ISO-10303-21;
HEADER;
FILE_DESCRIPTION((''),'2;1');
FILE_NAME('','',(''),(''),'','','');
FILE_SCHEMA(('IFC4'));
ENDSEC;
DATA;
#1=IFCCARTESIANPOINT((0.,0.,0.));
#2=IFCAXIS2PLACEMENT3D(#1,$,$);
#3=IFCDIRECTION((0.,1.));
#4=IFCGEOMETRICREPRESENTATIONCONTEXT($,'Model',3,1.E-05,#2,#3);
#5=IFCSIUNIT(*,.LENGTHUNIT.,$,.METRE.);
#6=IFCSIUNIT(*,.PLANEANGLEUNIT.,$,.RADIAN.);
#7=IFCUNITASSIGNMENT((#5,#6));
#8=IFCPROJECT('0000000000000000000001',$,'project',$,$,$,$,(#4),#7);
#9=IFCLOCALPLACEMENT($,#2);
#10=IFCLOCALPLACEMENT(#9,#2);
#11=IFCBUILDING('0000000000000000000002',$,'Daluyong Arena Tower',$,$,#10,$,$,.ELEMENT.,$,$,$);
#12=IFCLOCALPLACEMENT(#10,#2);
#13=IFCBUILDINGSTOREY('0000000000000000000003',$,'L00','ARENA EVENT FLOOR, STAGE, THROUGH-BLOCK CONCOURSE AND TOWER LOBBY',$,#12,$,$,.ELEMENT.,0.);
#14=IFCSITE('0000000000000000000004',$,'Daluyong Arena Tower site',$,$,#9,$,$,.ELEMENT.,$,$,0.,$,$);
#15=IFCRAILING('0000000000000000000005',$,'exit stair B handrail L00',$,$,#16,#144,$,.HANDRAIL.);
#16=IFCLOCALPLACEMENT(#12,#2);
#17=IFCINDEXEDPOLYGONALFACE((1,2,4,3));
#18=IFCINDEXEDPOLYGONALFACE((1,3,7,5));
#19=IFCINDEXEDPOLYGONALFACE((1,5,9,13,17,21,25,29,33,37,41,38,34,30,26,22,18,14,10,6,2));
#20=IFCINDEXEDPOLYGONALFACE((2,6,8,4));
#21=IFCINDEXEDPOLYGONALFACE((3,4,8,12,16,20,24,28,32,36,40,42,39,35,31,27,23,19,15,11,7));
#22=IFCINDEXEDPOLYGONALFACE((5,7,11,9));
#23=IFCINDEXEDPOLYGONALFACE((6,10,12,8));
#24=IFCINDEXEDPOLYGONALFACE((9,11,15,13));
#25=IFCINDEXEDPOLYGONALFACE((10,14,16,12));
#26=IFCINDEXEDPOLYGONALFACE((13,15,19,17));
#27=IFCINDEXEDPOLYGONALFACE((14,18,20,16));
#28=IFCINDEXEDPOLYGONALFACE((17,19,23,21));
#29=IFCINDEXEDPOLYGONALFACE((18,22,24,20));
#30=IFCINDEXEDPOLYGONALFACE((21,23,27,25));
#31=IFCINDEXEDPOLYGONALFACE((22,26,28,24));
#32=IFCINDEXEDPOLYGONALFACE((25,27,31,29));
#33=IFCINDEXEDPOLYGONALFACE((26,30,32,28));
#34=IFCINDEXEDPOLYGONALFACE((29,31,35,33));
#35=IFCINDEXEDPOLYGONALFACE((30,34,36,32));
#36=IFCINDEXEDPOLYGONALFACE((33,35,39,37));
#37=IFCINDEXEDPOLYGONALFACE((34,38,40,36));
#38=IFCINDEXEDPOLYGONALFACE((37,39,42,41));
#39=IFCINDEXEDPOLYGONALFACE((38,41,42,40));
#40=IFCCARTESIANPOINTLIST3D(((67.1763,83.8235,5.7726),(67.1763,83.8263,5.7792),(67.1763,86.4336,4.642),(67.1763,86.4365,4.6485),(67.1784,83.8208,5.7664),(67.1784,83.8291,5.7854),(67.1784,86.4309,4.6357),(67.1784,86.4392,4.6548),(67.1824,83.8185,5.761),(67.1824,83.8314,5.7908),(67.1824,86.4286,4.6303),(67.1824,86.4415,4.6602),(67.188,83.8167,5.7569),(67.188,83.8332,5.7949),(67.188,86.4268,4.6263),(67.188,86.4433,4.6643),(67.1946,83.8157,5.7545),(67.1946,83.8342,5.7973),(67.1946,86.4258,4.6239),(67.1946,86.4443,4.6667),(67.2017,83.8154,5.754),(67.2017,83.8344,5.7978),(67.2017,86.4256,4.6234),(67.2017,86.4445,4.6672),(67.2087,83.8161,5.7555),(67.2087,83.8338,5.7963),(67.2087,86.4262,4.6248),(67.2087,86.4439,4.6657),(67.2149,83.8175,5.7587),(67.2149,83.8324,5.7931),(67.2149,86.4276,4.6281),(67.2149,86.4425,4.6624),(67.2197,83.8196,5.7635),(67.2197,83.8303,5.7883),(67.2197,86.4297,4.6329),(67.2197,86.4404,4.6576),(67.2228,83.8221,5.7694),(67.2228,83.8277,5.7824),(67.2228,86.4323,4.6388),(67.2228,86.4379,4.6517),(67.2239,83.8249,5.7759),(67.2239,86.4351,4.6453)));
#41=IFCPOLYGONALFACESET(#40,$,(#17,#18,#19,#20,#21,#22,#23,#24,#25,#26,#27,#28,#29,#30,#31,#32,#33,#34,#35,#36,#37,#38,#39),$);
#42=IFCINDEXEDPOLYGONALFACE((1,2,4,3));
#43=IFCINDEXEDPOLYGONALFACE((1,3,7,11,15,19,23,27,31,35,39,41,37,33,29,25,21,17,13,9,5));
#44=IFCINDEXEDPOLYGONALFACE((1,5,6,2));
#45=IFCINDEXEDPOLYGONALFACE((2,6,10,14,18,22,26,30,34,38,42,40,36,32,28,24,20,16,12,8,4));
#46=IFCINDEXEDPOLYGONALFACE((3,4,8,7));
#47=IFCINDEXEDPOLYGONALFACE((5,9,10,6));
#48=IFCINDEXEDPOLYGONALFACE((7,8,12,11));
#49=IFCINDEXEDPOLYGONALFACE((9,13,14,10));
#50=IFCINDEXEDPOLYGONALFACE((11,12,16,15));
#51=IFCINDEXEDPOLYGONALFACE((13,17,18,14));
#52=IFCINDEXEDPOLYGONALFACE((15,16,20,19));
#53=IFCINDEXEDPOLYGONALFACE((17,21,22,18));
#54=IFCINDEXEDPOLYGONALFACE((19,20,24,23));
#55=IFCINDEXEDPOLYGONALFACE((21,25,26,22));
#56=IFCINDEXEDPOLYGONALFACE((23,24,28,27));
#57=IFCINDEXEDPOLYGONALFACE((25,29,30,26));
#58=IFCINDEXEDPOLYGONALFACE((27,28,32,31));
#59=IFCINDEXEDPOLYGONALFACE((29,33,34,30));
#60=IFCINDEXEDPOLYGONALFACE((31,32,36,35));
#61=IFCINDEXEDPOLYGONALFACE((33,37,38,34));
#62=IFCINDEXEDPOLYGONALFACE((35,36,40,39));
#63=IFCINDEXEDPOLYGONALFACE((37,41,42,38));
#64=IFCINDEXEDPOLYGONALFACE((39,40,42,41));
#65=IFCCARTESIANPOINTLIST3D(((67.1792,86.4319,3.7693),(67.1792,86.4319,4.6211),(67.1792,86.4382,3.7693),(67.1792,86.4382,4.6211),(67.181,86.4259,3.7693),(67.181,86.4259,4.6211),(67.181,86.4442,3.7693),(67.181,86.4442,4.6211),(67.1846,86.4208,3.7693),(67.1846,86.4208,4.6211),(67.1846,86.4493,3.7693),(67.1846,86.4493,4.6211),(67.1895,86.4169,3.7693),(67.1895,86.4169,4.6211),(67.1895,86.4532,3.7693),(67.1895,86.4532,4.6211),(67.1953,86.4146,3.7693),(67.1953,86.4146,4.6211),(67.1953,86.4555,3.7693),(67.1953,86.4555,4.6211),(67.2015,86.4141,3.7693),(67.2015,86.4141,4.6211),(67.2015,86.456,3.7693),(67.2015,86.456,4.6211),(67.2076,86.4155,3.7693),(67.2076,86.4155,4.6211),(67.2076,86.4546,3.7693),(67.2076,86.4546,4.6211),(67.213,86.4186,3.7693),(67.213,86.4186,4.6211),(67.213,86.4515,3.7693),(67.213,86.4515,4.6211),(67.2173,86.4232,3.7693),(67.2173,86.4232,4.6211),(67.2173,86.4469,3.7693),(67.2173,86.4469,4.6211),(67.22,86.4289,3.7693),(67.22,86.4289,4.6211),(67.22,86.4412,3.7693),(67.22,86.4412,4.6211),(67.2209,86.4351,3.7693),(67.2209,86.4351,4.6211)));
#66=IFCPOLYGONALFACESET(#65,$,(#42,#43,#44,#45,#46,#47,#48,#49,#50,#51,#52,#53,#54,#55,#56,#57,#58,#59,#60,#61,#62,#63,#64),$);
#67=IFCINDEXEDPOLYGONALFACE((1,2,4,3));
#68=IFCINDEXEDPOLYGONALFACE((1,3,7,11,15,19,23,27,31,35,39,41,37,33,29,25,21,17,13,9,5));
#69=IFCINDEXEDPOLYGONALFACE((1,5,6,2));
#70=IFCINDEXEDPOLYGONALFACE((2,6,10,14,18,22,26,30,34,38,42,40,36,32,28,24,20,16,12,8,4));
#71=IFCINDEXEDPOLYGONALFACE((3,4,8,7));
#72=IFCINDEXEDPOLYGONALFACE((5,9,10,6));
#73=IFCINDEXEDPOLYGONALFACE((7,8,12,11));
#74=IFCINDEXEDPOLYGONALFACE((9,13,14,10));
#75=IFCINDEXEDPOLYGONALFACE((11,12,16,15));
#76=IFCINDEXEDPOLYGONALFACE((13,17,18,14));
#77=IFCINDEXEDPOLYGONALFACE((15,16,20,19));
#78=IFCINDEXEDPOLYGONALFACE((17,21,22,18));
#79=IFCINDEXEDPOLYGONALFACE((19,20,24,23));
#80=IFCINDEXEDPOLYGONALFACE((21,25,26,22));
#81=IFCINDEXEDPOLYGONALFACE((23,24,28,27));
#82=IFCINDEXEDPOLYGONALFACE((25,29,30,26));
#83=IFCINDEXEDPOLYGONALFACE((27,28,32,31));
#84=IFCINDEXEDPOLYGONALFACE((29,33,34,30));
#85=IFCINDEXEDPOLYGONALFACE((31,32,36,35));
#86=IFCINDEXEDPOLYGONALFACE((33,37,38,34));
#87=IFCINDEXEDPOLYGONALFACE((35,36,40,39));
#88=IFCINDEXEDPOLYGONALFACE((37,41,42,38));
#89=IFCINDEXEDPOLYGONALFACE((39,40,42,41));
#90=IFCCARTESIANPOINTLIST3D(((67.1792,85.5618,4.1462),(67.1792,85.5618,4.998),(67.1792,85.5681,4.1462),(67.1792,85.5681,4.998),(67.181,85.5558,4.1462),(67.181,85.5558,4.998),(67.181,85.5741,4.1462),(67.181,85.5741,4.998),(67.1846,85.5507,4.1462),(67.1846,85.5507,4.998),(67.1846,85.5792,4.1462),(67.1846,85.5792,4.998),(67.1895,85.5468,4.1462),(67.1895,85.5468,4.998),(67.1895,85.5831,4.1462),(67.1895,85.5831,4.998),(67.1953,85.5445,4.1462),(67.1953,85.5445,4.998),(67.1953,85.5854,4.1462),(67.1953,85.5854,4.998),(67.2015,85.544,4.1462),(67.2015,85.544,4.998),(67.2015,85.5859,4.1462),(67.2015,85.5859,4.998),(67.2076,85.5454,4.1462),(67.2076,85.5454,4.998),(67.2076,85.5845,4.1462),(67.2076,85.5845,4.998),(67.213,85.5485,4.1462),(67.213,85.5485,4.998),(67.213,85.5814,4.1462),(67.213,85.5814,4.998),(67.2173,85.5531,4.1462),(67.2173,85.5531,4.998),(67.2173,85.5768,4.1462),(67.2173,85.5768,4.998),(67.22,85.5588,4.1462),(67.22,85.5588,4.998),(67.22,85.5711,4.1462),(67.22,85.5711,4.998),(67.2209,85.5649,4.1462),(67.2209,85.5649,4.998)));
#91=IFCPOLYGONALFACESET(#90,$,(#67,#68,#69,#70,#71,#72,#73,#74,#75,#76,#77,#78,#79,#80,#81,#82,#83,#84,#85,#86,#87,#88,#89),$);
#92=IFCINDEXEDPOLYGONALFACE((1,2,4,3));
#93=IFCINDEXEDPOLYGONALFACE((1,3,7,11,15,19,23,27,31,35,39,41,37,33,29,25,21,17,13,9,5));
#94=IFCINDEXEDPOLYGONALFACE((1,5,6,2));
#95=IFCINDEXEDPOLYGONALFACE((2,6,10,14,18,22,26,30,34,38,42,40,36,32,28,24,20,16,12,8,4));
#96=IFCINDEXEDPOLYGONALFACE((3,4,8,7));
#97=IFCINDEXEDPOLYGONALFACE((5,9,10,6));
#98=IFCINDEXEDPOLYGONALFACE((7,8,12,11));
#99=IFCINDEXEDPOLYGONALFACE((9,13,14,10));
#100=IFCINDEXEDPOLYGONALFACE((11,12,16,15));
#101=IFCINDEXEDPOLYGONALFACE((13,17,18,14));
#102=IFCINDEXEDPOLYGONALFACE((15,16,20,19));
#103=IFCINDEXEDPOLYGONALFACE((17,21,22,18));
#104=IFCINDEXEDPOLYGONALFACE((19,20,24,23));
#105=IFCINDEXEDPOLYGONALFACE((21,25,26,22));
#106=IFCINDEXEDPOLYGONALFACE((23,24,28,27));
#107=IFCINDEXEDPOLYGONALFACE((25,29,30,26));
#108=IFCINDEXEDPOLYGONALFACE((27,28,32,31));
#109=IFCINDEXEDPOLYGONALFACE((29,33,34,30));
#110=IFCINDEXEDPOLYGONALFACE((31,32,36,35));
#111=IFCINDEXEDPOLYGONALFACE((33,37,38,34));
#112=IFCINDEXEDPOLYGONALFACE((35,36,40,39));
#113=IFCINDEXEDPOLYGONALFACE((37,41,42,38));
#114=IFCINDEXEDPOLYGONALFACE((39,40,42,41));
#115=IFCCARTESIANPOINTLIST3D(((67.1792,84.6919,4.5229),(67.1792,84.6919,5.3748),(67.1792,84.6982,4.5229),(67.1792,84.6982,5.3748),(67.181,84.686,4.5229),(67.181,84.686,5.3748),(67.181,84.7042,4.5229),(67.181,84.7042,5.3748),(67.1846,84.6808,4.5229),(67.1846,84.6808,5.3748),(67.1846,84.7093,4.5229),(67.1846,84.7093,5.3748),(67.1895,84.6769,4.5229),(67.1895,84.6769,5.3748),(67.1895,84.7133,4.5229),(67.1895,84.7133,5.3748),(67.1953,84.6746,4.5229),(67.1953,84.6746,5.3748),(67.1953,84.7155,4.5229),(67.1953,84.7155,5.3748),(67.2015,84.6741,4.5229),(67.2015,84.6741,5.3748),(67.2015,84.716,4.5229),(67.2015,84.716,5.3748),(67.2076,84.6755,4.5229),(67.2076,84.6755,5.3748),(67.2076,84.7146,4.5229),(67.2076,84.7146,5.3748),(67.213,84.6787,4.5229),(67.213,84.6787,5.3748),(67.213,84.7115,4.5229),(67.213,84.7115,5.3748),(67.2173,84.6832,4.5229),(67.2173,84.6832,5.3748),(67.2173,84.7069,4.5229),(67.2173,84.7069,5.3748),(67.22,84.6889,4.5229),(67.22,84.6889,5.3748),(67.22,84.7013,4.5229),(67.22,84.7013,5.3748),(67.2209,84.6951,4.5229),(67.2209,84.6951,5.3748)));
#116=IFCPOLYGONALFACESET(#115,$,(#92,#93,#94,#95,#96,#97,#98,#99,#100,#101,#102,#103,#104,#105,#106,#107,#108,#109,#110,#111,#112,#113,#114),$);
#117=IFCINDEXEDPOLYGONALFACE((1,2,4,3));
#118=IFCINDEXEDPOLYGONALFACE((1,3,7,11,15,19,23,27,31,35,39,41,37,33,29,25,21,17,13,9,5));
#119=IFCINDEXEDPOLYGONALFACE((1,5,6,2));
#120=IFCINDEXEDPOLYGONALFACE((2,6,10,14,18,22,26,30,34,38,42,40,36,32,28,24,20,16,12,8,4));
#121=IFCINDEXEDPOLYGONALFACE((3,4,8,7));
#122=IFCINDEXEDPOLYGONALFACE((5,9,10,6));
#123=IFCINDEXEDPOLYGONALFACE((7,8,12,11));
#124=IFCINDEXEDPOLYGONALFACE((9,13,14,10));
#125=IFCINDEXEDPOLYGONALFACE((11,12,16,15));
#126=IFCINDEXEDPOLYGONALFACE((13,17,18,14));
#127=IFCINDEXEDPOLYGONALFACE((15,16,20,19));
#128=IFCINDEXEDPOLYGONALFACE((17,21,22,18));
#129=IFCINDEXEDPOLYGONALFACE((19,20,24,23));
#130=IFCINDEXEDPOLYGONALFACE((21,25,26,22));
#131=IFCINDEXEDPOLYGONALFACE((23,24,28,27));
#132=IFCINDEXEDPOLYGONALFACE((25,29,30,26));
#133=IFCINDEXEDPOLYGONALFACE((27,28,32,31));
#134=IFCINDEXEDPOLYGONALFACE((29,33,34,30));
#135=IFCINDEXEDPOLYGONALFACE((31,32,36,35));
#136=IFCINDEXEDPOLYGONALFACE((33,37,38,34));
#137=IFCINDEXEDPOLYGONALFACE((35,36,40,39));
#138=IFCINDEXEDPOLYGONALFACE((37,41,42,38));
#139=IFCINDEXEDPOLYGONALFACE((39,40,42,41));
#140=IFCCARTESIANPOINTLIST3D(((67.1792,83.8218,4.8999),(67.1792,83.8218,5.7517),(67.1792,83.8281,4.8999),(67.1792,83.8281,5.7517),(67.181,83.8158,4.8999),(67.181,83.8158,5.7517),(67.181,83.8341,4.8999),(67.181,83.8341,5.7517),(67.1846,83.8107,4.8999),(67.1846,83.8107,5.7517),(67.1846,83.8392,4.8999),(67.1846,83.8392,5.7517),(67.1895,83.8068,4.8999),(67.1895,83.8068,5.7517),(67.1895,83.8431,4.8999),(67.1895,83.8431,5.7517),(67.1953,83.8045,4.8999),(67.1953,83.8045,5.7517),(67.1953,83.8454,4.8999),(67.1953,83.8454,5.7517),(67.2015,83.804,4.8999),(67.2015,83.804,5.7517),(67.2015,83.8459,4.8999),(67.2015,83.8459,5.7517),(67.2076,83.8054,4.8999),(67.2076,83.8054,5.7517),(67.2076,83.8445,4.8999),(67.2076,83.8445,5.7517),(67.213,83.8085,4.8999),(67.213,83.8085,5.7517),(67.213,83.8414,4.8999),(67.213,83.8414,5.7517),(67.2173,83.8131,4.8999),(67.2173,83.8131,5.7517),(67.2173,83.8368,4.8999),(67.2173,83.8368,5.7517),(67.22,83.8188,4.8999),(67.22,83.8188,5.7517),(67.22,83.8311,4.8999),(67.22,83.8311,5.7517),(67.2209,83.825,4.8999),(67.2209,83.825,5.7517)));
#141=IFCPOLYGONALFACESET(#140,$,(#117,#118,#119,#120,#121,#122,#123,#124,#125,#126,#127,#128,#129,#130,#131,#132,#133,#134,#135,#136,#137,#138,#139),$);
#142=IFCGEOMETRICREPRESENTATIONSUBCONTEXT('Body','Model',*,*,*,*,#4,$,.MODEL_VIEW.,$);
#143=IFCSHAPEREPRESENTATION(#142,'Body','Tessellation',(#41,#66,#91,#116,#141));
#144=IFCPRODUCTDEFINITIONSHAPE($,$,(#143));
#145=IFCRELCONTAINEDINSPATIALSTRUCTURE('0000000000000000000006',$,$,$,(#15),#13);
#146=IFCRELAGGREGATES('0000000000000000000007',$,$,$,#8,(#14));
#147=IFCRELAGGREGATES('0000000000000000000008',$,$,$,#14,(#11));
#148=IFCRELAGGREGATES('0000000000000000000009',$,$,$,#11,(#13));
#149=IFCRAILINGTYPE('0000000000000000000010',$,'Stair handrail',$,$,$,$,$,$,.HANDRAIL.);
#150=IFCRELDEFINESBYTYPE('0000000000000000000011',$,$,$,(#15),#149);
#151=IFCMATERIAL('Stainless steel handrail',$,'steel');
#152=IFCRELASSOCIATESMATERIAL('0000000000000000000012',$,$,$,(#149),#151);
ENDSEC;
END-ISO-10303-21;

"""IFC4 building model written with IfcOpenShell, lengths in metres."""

from ifc_helpers import new_model, si_unit, direction, frame, origin, origin_2d, place, context, subcontext, project, spatial, circle, extrude, material, type_object, element, save


model = new_model("IFC4")

# Units and contexts
model_context = context("Model", 3, precision=1e-05, world=origin(), true_north=direction((0.0, 1.0)))
body_context = subcontext(model_context, "Body", "Model", "MODEL_VIEW")
ifc_project = project(units=[si_unit("LENGTHUNIT", "METRE"), si_unit("PLANEANGLEUNIT", "RADIAN")], contexts=[model_context])

# Site, building, storey
site_placement = place(None, origin())
site = spatial("IfcSite", under=ifc_project, at=site_placement, Name="Daluyong Arena Tower site", CompositionType="ELEMENT", RefElevation=0.0)
building_placement = place(site_placement, origin())
building = spatial("IfcBuilding", under=site, at=building_placement, Name="Daluyong Arena Tower", CompositionType="ELEMENT")
storey_placement = place(building_placement, origin())
storey = spatial("IfcBuildingStorey", under=building, at=storey_placement, Name="L00", Description="ARENA EVENT FLOOR, STAGE, THROUGH-BLOCK CONCOURSE AND TOWER LOBBY", CompositionType="ELEMENT", Elevation=0.0)

# Railing
ifc_material_1 = material(Name="Stainless steel handrail", Category="steel")
railing_type_1 = type_object("IfcRailingType", Name="Stair handrail", PredefinedType="HANDRAIL", material=ifc_material_1)
railing_1_placement = place(storey_placement, frame((67.2, 86.4351, 3.7693)))
element("IfcRailing", 1, at=railing_1_placement, inside=storey, type_object=railing_type_1, Name="exit stair B handrail L00", PredefinedType="HANDRAIL", context=body_context, shape_type="SweptSolid", body=[
    extrude(circle(Radius=0.0239, at=origin_2d()), frame((0.0, 0.0, 0.876), z_axis=(0.0, -0.917611, 0.39748), x_axis=(1.0, 0.0, 0.0)), (0.0, 0.0, 1.0), 2.8445),
    extrude(circle(Radius=0.021, at=origin_2d()), origin(), (0.0, 0.0, 1.0), 0.8518),
    extrude(circle(Radius=0.021, at=origin_2d()), frame((0.0, -0.8701, 0.377)), (0.0, 0.0, 1.0), 0.8518),
    extrude(circle(Radius=0.021, at=origin_2d()), frame((0.0, -1.74, 0.7537)), (0.0, 0.0, 1.0), 0.8518),
    extrude(circle(Radius=0.021, at=origin_2d()), frame((0.0, -2.6101, 1.1306)), (0.0, 0.0, 1.0), 0.8518),
])

save(model, "model.ifc")
